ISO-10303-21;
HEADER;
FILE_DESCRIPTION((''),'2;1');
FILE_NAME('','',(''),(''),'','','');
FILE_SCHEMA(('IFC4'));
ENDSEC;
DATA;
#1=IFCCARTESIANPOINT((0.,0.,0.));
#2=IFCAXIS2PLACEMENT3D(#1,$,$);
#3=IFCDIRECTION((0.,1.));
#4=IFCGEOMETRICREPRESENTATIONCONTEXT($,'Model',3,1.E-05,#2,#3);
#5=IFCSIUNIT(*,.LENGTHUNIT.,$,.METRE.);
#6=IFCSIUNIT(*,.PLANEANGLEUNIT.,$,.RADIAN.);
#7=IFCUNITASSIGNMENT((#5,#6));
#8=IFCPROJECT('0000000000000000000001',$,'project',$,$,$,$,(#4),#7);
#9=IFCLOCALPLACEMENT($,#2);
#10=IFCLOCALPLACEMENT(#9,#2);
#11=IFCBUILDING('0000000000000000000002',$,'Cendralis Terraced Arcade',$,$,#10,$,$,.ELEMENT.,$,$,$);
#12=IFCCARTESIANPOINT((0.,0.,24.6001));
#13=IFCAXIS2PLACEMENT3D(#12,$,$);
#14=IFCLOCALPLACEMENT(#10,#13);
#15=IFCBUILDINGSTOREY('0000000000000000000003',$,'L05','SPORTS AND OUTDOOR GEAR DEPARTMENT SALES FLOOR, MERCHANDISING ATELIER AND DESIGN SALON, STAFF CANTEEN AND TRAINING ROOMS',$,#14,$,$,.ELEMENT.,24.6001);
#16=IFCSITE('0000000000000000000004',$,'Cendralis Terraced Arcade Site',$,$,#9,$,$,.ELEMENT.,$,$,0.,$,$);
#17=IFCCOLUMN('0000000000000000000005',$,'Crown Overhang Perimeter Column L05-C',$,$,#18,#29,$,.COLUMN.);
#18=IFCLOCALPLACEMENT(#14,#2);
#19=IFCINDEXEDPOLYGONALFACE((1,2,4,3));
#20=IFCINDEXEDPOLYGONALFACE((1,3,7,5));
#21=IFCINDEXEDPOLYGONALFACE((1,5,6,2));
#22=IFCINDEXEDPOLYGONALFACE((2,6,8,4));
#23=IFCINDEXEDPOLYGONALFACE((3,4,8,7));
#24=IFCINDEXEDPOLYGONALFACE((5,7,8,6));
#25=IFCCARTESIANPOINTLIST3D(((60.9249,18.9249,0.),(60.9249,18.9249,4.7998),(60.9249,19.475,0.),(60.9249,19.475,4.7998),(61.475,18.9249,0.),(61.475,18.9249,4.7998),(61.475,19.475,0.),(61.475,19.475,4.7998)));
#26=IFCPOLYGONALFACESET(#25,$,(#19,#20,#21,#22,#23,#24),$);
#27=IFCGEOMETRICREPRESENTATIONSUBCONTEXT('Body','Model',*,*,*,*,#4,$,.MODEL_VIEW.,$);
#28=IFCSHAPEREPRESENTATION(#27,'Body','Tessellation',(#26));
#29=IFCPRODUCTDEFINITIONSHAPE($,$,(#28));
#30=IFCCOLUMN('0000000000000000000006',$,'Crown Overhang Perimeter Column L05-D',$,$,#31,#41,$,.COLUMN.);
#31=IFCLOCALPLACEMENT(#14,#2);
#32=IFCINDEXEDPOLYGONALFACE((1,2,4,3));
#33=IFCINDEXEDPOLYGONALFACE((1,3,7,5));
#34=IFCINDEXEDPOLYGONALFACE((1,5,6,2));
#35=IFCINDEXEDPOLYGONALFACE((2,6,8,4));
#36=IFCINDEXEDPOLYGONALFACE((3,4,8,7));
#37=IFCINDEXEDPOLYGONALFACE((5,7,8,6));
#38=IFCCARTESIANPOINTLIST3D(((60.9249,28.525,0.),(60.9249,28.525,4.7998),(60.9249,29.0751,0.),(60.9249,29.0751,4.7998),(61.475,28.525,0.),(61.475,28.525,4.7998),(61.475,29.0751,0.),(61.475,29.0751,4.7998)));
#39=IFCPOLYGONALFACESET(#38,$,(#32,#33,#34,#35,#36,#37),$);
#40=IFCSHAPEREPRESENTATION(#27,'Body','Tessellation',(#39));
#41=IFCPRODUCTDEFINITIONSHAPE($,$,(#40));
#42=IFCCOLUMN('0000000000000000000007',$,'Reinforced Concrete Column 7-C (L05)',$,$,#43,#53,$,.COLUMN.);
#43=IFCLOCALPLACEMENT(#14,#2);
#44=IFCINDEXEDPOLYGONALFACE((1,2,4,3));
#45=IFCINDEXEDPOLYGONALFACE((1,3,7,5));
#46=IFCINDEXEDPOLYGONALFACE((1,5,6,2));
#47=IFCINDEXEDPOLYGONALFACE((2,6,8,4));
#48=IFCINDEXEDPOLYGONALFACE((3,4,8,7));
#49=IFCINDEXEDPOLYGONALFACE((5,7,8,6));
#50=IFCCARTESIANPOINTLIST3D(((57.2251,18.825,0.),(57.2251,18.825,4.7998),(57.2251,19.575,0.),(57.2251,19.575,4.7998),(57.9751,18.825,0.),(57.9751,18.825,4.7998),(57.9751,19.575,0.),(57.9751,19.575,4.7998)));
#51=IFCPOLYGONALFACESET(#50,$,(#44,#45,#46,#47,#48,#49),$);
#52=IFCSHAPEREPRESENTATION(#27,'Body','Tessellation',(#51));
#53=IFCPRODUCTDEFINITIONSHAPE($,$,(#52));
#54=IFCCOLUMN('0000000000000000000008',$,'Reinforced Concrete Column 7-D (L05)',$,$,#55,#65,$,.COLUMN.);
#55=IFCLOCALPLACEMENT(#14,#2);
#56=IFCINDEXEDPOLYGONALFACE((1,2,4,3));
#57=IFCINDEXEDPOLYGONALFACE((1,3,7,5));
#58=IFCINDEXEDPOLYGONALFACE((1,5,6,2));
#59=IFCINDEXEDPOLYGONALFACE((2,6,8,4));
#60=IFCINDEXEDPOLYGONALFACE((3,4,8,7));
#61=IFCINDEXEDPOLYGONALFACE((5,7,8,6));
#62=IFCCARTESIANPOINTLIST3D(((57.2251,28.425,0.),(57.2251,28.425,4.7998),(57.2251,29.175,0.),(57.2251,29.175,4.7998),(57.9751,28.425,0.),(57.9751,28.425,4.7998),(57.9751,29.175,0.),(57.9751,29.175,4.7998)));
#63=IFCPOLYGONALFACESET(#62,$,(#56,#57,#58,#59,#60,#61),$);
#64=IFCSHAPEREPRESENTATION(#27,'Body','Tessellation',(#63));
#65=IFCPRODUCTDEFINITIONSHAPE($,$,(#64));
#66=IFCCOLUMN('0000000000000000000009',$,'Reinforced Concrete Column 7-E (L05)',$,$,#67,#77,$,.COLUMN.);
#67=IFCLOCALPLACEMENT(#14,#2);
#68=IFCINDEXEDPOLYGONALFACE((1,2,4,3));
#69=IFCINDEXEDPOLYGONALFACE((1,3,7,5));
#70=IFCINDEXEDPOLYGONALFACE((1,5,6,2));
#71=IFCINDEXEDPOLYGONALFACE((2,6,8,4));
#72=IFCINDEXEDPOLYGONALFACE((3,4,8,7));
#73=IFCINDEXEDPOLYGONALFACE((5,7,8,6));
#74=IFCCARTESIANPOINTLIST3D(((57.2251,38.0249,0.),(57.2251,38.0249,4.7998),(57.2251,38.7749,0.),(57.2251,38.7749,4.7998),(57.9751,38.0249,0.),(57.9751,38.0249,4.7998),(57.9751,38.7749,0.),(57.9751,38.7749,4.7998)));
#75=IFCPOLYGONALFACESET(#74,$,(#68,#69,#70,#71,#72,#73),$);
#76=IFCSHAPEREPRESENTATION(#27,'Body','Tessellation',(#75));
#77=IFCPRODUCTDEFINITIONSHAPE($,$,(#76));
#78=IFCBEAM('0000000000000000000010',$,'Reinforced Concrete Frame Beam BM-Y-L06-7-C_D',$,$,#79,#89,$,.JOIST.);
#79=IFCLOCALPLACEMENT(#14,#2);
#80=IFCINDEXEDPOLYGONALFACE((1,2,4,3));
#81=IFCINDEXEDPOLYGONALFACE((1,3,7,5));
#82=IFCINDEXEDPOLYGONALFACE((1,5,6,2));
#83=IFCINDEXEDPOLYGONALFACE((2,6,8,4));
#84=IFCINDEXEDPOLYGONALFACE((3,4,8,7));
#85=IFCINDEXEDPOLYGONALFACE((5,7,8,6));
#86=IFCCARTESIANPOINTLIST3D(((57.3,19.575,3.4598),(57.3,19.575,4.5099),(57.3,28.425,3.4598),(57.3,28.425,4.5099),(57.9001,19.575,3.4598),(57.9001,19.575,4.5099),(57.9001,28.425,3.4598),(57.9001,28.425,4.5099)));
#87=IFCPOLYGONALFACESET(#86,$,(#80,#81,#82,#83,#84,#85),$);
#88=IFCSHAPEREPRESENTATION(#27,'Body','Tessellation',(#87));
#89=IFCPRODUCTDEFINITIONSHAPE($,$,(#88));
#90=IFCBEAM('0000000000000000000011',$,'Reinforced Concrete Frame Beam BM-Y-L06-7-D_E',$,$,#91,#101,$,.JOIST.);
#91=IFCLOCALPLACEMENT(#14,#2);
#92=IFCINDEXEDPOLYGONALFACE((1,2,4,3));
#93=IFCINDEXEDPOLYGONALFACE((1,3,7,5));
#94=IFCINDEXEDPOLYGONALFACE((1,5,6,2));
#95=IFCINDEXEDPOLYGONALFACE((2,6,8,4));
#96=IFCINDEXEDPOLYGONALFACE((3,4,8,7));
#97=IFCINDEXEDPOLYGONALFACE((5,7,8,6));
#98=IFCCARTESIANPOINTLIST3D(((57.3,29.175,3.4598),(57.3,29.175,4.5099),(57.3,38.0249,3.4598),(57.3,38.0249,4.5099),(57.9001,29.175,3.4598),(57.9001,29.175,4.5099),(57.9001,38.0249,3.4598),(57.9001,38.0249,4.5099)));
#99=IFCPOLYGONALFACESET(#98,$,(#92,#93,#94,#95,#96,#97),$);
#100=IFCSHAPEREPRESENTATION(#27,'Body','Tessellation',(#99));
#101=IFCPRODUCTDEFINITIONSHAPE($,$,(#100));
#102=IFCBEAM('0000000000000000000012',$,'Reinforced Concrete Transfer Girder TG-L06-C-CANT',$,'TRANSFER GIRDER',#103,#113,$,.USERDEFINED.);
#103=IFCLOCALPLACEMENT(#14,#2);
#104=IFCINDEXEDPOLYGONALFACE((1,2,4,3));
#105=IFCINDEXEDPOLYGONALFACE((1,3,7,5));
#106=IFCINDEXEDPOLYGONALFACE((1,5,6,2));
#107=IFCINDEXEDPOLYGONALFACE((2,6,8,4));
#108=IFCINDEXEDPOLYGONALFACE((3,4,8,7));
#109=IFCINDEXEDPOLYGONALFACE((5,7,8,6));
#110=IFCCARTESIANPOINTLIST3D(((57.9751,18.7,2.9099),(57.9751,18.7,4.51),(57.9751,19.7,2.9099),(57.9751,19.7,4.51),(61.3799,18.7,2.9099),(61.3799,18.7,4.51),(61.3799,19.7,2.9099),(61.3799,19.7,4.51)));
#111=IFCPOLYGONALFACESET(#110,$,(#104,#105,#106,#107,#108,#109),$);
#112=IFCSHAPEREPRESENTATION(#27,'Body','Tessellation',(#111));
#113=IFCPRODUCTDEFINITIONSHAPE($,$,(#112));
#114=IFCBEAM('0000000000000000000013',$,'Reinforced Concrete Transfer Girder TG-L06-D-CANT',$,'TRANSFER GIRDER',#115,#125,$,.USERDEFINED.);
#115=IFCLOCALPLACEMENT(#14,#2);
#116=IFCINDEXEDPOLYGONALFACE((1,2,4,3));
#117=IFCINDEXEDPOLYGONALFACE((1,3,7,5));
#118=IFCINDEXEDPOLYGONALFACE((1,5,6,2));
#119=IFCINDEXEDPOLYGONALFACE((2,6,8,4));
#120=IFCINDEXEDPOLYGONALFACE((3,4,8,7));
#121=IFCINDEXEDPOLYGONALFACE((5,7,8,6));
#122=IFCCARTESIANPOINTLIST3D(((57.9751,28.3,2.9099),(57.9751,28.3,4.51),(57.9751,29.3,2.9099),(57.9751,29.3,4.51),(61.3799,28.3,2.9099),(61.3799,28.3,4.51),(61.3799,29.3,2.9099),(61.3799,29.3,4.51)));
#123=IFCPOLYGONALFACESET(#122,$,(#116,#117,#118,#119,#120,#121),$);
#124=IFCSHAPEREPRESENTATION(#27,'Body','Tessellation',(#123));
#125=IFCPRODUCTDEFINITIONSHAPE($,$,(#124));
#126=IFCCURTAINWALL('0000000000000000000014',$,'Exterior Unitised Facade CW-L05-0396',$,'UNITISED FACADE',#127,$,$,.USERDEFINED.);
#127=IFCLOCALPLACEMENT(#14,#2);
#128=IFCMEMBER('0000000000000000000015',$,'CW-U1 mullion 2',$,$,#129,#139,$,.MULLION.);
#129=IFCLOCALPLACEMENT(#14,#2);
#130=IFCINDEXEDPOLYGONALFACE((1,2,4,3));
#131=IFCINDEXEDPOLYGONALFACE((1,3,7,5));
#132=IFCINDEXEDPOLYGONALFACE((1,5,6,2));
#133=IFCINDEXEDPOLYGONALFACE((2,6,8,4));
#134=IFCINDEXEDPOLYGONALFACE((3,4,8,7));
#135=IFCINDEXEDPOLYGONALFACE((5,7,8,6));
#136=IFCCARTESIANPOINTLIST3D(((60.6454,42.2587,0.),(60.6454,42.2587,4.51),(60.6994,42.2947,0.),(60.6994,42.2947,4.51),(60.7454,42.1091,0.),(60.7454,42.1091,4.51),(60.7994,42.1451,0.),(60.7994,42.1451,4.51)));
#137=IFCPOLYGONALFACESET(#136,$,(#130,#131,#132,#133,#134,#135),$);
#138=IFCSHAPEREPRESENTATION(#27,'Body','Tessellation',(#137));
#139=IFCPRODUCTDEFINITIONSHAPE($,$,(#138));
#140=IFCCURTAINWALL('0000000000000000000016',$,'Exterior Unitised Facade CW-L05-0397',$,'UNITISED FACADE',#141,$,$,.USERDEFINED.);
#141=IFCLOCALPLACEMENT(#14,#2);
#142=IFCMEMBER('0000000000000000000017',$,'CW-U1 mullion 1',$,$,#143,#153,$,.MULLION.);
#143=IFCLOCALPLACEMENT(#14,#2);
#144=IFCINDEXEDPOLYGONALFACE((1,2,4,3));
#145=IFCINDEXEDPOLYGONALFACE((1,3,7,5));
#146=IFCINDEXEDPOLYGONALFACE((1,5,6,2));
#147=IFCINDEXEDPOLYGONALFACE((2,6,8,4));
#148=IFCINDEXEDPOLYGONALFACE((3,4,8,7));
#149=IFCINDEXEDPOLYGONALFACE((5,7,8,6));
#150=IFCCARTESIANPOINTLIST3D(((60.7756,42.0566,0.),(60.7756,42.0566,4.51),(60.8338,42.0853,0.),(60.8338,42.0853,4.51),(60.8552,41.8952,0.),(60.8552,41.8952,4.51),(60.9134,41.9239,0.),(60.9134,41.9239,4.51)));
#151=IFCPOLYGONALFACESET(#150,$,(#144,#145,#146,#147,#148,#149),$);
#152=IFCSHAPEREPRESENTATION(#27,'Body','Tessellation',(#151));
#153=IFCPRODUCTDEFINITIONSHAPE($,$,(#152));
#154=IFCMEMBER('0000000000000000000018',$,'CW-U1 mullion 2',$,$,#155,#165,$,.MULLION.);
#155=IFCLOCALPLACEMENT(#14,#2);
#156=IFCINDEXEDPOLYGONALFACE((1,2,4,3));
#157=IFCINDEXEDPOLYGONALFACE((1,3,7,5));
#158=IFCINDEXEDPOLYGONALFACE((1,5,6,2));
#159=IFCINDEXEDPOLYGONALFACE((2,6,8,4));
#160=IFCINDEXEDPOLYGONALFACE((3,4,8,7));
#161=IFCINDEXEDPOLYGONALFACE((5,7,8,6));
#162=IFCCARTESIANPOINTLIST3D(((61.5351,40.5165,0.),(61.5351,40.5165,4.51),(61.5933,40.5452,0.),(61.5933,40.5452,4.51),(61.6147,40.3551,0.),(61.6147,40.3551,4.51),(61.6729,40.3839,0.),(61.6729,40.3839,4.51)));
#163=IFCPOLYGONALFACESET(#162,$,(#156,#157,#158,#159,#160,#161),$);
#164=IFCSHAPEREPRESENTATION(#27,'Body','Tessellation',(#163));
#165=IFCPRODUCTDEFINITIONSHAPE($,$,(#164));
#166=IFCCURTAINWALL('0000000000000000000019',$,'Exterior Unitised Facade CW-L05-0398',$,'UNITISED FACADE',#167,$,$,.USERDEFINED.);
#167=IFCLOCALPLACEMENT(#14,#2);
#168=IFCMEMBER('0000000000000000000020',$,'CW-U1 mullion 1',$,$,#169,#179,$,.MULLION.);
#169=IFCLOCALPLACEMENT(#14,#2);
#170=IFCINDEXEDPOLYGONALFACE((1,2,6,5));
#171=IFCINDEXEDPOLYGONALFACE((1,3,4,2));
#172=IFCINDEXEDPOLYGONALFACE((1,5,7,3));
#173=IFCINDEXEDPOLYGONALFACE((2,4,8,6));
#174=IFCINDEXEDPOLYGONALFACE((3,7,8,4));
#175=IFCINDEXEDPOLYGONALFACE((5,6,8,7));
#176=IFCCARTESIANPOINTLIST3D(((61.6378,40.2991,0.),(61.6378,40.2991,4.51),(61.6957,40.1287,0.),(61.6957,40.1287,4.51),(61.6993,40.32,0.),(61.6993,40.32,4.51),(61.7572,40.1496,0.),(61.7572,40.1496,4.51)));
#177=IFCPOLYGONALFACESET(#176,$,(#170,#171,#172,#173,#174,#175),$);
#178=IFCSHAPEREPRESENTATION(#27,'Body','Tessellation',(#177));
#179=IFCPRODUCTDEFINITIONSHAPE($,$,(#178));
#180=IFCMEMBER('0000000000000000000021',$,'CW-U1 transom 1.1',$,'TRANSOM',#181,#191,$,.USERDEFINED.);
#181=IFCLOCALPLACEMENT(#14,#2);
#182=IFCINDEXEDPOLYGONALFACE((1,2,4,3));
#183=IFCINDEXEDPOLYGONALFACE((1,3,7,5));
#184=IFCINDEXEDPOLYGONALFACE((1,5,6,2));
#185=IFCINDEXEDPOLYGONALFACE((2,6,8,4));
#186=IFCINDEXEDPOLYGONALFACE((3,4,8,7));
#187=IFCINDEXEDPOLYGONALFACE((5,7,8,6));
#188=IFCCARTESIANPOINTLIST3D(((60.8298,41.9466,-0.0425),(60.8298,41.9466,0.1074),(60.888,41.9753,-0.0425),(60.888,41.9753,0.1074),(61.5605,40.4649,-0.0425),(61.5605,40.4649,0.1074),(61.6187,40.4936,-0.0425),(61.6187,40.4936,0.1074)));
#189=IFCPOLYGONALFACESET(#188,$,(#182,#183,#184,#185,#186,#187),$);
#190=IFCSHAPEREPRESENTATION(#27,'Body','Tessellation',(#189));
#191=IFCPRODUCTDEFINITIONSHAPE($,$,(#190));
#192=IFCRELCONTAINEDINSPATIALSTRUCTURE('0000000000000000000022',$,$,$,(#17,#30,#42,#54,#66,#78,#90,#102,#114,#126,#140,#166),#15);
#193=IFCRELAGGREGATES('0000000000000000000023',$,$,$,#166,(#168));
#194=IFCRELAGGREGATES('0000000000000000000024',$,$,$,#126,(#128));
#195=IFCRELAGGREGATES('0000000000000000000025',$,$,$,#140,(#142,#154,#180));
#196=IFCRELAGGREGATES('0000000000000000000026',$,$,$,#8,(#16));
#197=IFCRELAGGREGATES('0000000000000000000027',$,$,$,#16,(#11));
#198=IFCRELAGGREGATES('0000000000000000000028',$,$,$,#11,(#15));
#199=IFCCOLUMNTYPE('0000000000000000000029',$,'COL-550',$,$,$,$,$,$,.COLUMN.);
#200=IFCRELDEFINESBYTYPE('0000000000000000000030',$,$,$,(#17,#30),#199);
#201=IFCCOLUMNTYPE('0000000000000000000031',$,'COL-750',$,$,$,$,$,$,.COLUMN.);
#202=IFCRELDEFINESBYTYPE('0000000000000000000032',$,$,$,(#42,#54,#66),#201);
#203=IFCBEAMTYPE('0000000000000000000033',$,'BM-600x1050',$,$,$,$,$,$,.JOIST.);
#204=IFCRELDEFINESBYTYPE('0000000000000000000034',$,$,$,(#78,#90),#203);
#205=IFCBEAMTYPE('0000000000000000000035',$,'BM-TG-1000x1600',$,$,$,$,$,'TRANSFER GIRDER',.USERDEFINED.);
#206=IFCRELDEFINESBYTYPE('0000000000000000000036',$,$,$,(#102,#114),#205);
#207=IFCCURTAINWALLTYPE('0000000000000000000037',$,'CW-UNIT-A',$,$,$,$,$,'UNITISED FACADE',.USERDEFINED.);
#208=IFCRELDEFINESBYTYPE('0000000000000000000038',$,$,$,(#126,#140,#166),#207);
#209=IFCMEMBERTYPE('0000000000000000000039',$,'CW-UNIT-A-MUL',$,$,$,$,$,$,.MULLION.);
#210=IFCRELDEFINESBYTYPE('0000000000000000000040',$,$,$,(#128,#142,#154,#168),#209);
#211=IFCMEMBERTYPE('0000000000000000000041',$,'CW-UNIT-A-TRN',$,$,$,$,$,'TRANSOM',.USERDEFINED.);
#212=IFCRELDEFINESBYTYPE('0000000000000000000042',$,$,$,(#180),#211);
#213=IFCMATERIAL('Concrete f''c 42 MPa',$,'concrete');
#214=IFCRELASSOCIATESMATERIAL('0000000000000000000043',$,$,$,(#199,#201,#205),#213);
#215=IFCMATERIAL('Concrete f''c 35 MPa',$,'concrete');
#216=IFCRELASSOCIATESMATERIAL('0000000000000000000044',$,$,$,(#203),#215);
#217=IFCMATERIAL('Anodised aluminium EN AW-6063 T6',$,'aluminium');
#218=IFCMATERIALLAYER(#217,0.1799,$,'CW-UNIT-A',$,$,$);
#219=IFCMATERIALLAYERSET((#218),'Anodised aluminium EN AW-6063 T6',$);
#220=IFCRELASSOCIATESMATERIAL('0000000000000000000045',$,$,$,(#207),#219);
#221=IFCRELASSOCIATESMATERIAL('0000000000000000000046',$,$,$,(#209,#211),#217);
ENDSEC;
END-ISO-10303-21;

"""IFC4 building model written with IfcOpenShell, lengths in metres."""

from ifc_helpers import new_model, si_unit, direction, frame, origin, origin_2d, place, context, subcontext, project, spatial, rectangle, extrude, material, layer, layer_set, material_profile, profile_set, type_object, element, aggregate, save


model = new_model("IFC4")

# Units and contexts
model_context = context("Model", 3, precision=1e-05, world=origin(), true_north=direction((0.0, 1.0)))
body_context = subcontext(model_context, "Body", "Model", "MODEL_VIEW")
ifc_project = project(units=[si_unit("LENGTHUNIT", "METRE"), si_unit("PLANEANGLEUNIT", "RADIAN")], contexts=[model_context])

# Site, building, storey
site_placement = place(None, origin())
site = spatial("IfcSite", under=ifc_project, at=site_placement, Name="Cendralis Terraced Arcade Site", CompositionType="ELEMENT", RefElevation=0.0)
building_placement = place(site_placement, origin())
building = spatial("IfcBuilding", under=site, at=building_placement, Name="Cendralis Terraced Arcade", CompositionType="ELEMENT")
storey_placement = place(building_placement, frame((0.0, 0.0, 24.6001)))
storey = spatial("IfcBuildingStorey", under=building, at=storey_placement, Name="L05", Description="SPORTS AND OUTDOOR GEAR DEPARTMENT SALES FLOOR, MERCHANDISING ATELIER AND DESIGN SALON, STAFF CANTEEN AND TRAINING ROOMS", CompositionType="ELEMENT", Elevation=24.6001)

# Columns
ifc_material_1 = material(Name="Concrete f'c 42 MPa", Category="concrete")
ifc_material_profile_1 = material_profile(ifc_material_1, rectangle(XDim=0.55, YDim=0.55, at=origin_2d()), Name="RC-COL-550x550", Category="LoadBearing")
ifc_profile_set_1 = profile_set([ifc_material_profile_1], Name="Concrete f'c 42 MPa")
column_type_1 = type_object("IfcColumnType", Name="COL-550", PredefinedType="COLUMN", material=ifc_profile_set_1)
for number, where, z_axis, x_axis, name in (
    (1, (61.2, 19.2, 0.0), (0.0, 0.0, 1.0), (1.0, 0.0, 0.0), "Crown Overhang Perimeter Column L05-C"),
    (2, (61.2, 28.8, 0.0), (0.0, 0.0, 1.0), (1.0, 0.0, 0.0), "Crown Overhang Perimeter Column L05-D"),
):
    element("IfcColumn", number, at=place(storey_placement, frame(where, z_axis=z_axis, x_axis=x_axis)), inside=storey, type_object=column_type_1, Name=name, PredefinedType="COLUMN", context=body_context, shape_type="SweptSolid", body=[
        extrude(rectangle(XDim=0.55, YDim=0.55, at=origin_2d()), origin(), (0.0, 0.0, 1.0), 4.7998),
    ])
ifc_material_profile_2 = material_profile(ifc_material_1, rectangle(XDim=0.75, YDim=0.75, at=origin_2d()), Name="RC-COL-750x750", Category="LoadBearing")
ifc_profile_set_2 = profile_set([ifc_material_profile_2], Name="Concrete f'c 42 MPa")
column_type_2 = type_object("IfcColumnType", Name="COL-750", PredefinedType="COLUMN", material=ifc_profile_set_2)
for number, where, z_axis, x_axis, name in (
    (3, (57.6001, 19.2, 0.0), (0.0, 0.0, 1.0), (1.0, 0.0, 0.0), "Reinforced Concrete Column 7-C (L05)"),
    (4, (57.6001, 28.8, 0.0), (0.0, 0.0, 1.0), (1.0, 0.0, 0.0), "Reinforced Concrete Column 7-D (L05)"),
    (5, (57.6001, 38.3999, 0.0), (0.0, 0.0, 1.0), (1.0, 0.0, 0.0), "Reinforced Concrete Column 7-E (L05)"),
):
    element("IfcColumn", number, at=place(storey_placement, frame(where, z_axis=z_axis, x_axis=x_axis)), inside=storey, type_object=column_type_2, Name=name, PredefinedType="COLUMN", context=body_context, shape_type="SweptSolid", body=[
        extrude(rectangle(XDim=0.75, YDim=0.75, at=origin_2d()), origin(), (0.0, 0.0, 1.0), 4.7998),
    ])

# Beams
ifc_material_2 = material(Name="Concrete f'c 35 MPa", Category="concrete")
ifc_material_profile_3 = material_profile(ifc_material_2, rectangle(XDim=0.6001, YDim=1.05, at=origin_2d()), Name="RC-BM-600x1050", Category="LoadBearing")
ifc_profile_set_3 = profile_set([ifc_material_profile_3], Name="Concrete f'c 35 MPa")
beam_type_1 = type_object("IfcBeamType", Name="BM-600x1050", PredefinedType="JOIST", material=ifc_profile_set_3)
beam_1_placement = place(storey_placement, frame((57.6001, 19.575, 3.9849), z_axis=(0.0, 1.0, 0.0), x_axis=(-1.0, 0.0, 0.0)))
element("IfcBeam", 6, at=beam_1_placement, inside=storey, type_object=beam_type_1, Name="Reinforced Concrete Frame Beam BM-Y-L06-7-C_D", PredefinedType="JOIST", context=body_context, shape_type="SweptSolid", body=[
    extrude(rectangle(XDim=0.6001, YDim=1.05, at=origin_2d()), origin(), (0.0, 0.0, 1.0), 8.8501),
])
beam_2_placement = place(storey_placement, frame((57.6001, 29.175, 3.9849), z_axis=(0.0, 1.0, 0.0), x_axis=(-1.0, 0.0, 0.0)))
element("IfcBeam", 7, at=beam_2_placement, inside=storey, type_object=beam_type_1, Name="Reinforced Concrete Frame Beam BM-Y-L06-7-D_E", PredefinedType="JOIST", context=body_context, shape_type="SweptSolid", body=[
    extrude(rectangle(XDim=0.6001, YDim=1.05, at=origin_2d()), origin(), (0.0, 0.0, 1.0), 8.8499),
])
ifc_material_profile_4 = material_profile(ifc_material_1, rectangle(XDim=1.0, YDim=1.6001, at=origin_2d()), Name="RC-TG-1000x1600", Category="LoadBearing")
ifc_profile_set_4 = profile_set([ifc_material_profile_4], Name="Concrete f'c 42 MPa")
beam_type_2 = type_object("IfcBeamType", Name="BM-TG-1000x1600", ElementType="TRANSFER GIRDER", PredefinedType="USERDEFINED", material=ifc_profile_set_4)
for number, where, z_axis, x_axis, name in (
    (8, (57.9751, 19.2, 3.71), (1.0, 0.0, 0.0), (0.0, 1.0, 0.0), "Reinforced Concrete Transfer Girder TG-L06-C-CANT"),
    (9, (57.9751, 28.8, 3.71), (1.0, 0.0, 0.0), (0.0, 1.0, 0.0), "Reinforced Concrete Transfer Girder TG-L06-D-CANT"),
):
    element("IfcBeam", number, at=place(storey_placement, frame(where, z_axis=z_axis, x_axis=x_axis)), inside=storey, type_object=beam_type_2, Name=name, ObjectType="TRANSFER GIRDER", PredefinedType="USERDEFINED", context=body_context, shape_type="SweptSolid", body=[
        extrude(rectangle(XDim=1.0, YDim=1.6001, at=origin_2d()), origin(), (0.0, 0.0, 1.0), 3.4048),
    ])

# Curtain wall, member
ifc_material_3 = material(Name="Anodised aluminium EN AW-6063 T6", Category="aluminium")
ifc_layer_1 = layer(ifc_material_3, 0.1799, Name="CW-UNIT-A")
ifc_layer_set_1 = layer_set([ifc_layer_1], Name="Anodised aluminium EN AW-6063 T6")
curtain_wall_type = type_object("IfcCurtainWallType", Name="CW-UNIT-A", ElementType="UNITISED FACADE", PredefinedType="USERDEFINED", material=ifc_layer_set_1)
curtain_wall_1_placement = place(storey_placement, origin())
curtain_wall_1 = element("IfcCurtainWall", 10, at=curtain_wall_1_placement, inside=storey, type_object=curtain_wall_type, Name="Exterior Unitised Facade CW-L05-0396", ObjectType="UNITISED FACADE", PredefinedType="USERDEFINED")
ifc_material_profile_5 = material_profile(ifc_material_3, rectangle(XDim=0.0649, YDim=0.1799, at=origin_2d()), Name="ALU-MUL-65x180")
ifc_profile_set_5 = profile_set([ifc_material_profile_5], Name="Anodised aluminium EN AW-6063 T6")
member_type_1 = type_object("IfcMemberType", Name="CW-UNIT-A-MUL", PredefinedType="MULLION", material=ifc_profile_set_5)
member_1_placement = place(storey_placement, frame((60.7224, 42.2019, 0.0), z_axis=(0.0, 0.0, 1.0), x_axis=(0.831471, 0.555567, 0.0)))
member_1 = element("IfcMember", 11, at=member_1_placement, type_object=member_type_1, Name="CW-U1 mullion 2", PredefinedType="MULLION", context=body_context, shape_type="SweptSolid", body=[
    extrude(rectangle(XDim=0.0649, YDim=0.1799, at=origin_2d()), origin(), (0.0, 0.0, 1.0), 4.51),
])

# Curtain wall, members
curtain_wall_2_placement = place(storey_placement, origin())
curtain_wall_2 = element("IfcCurtainWall", 12, at=curtain_wall_2_placement, inside=storey, type_object=curtain_wall_type, Name="Exterior Unitised Facade CW-L05-0397", ObjectType="UNITISED FACADE", PredefinedType="USERDEFINED")
member_2_placement = place(storey_placement, frame((60.8445, 41.9902, 0.0), z_axis=(0.0, 0.0, 1.0), x_axis=(0.896871, 0.442291, 0.0)))
member_2 = element("IfcMember", 13, at=member_2_placement, type_object=member_type_1, Name="CW-U1 mullion 1", PredefinedType="MULLION", context=body_context, shape_type="SweptSolid", body=[
    extrude(rectangle(XDim=0.0649, YDim=0.1799, at=origin_2d()), origin(), (0.0, 0.0, 1.0), 4.51),
])
member_3_placement = place(storey_placement, frame((61.604, 40.4502, 0.0), z_axis=(0.0, 0.0, 1.0), x_axis=(0.896871, 0.442291, 0.0)))
member_3 = element("IfcMember", 14, at=member_3_placement, type_object=member_type_1, Name="CW-U1 mullion 2", PredefinedType="MULLION", context=body_context, shape_type="SweptSolid", body=[
    extrude(rectangle(XDim=0.0649, YDim=0.1799, at=origin_2d()), origin(), (0.0, 0.0, 1.0), 4.51),
])

# Curtain wall, member
curtain_wall_3_placement = place(storey_placement, origin())
curtain_wall_3 = element("IfcCurtainWall", 15, at=curtain_wall_3_placement, inside=storey, type_object=curtain_wall_type, Name="Exterior Unitised Facade CW-L05-0398", ObjectType="UNITISED FACADE", PredefinedType="USERDEFINED")
member_4_placement = place(storey_placement, frame((61.6975, 40.2244, 0.0), z_axis=(0.0, 0.0, 1.0), x_axis=(0.946924, 0.321458, 0.0)))
member_4 = element("IfcMember", 16, at=member_4_placement, type_object=member_type_1, Name="CW-U1 mullion 1", PredefinedType="MULLION", context=body_context, shape_type="SweptSolid", body=[
    extrude(rectangle(XDim=0.0649, YDim=0.1799, at=origin_2d()), origin(), (0.0, 0.0, 1.0), 4.51),
])

# Member
ifc_material_profile_6 = material_profile(ifc_material_3, rectangle(XDim=0.0649, YDim=0.1499, at=origin_2d()), Name="ALU-TRN-65x150")
ifc_profile_set_6 = profile_set([ifc_material_profile_6], Name="Anodised aluminium EN AW-6063 T6")
member_type_2 = type_object("IfcMemberType", Name="CW-UNIT-A-TRN", ElementType="TRANSOM", PredefinedType="USERDEFINED", material=ifc_profile_set_6)
member_5_placement = place(storey_placement, frame((60.8589, 41.9609, 0.0325), z_axis=(0.442301, -0.896867, 0.0), x_axis=(0.896867, 0.442301, 0.0)))
member_5 = element("IfcMember", 17, at=member_5_placement, type_object=member_type_2, Name="CW-U1 transom 1.1", ObjectType="TRANSOM", PredefinedType="USERDEFINED", context=body_context, shape_type="SweptSolid", body=[
    extrude(rectangle(XDim=0.0649, YDim=0.1499, at=origin_2d()), origin(), (0.0, 0.0, 1.0), 1.6521),
])
aggregate(curtain_wall_3, [member_4])

aggregate(curtain_wall_1, [member_1])
aggregate(curtain_wall_2, [member_2, member_3, member_5])

save(model, "model.ifc")
